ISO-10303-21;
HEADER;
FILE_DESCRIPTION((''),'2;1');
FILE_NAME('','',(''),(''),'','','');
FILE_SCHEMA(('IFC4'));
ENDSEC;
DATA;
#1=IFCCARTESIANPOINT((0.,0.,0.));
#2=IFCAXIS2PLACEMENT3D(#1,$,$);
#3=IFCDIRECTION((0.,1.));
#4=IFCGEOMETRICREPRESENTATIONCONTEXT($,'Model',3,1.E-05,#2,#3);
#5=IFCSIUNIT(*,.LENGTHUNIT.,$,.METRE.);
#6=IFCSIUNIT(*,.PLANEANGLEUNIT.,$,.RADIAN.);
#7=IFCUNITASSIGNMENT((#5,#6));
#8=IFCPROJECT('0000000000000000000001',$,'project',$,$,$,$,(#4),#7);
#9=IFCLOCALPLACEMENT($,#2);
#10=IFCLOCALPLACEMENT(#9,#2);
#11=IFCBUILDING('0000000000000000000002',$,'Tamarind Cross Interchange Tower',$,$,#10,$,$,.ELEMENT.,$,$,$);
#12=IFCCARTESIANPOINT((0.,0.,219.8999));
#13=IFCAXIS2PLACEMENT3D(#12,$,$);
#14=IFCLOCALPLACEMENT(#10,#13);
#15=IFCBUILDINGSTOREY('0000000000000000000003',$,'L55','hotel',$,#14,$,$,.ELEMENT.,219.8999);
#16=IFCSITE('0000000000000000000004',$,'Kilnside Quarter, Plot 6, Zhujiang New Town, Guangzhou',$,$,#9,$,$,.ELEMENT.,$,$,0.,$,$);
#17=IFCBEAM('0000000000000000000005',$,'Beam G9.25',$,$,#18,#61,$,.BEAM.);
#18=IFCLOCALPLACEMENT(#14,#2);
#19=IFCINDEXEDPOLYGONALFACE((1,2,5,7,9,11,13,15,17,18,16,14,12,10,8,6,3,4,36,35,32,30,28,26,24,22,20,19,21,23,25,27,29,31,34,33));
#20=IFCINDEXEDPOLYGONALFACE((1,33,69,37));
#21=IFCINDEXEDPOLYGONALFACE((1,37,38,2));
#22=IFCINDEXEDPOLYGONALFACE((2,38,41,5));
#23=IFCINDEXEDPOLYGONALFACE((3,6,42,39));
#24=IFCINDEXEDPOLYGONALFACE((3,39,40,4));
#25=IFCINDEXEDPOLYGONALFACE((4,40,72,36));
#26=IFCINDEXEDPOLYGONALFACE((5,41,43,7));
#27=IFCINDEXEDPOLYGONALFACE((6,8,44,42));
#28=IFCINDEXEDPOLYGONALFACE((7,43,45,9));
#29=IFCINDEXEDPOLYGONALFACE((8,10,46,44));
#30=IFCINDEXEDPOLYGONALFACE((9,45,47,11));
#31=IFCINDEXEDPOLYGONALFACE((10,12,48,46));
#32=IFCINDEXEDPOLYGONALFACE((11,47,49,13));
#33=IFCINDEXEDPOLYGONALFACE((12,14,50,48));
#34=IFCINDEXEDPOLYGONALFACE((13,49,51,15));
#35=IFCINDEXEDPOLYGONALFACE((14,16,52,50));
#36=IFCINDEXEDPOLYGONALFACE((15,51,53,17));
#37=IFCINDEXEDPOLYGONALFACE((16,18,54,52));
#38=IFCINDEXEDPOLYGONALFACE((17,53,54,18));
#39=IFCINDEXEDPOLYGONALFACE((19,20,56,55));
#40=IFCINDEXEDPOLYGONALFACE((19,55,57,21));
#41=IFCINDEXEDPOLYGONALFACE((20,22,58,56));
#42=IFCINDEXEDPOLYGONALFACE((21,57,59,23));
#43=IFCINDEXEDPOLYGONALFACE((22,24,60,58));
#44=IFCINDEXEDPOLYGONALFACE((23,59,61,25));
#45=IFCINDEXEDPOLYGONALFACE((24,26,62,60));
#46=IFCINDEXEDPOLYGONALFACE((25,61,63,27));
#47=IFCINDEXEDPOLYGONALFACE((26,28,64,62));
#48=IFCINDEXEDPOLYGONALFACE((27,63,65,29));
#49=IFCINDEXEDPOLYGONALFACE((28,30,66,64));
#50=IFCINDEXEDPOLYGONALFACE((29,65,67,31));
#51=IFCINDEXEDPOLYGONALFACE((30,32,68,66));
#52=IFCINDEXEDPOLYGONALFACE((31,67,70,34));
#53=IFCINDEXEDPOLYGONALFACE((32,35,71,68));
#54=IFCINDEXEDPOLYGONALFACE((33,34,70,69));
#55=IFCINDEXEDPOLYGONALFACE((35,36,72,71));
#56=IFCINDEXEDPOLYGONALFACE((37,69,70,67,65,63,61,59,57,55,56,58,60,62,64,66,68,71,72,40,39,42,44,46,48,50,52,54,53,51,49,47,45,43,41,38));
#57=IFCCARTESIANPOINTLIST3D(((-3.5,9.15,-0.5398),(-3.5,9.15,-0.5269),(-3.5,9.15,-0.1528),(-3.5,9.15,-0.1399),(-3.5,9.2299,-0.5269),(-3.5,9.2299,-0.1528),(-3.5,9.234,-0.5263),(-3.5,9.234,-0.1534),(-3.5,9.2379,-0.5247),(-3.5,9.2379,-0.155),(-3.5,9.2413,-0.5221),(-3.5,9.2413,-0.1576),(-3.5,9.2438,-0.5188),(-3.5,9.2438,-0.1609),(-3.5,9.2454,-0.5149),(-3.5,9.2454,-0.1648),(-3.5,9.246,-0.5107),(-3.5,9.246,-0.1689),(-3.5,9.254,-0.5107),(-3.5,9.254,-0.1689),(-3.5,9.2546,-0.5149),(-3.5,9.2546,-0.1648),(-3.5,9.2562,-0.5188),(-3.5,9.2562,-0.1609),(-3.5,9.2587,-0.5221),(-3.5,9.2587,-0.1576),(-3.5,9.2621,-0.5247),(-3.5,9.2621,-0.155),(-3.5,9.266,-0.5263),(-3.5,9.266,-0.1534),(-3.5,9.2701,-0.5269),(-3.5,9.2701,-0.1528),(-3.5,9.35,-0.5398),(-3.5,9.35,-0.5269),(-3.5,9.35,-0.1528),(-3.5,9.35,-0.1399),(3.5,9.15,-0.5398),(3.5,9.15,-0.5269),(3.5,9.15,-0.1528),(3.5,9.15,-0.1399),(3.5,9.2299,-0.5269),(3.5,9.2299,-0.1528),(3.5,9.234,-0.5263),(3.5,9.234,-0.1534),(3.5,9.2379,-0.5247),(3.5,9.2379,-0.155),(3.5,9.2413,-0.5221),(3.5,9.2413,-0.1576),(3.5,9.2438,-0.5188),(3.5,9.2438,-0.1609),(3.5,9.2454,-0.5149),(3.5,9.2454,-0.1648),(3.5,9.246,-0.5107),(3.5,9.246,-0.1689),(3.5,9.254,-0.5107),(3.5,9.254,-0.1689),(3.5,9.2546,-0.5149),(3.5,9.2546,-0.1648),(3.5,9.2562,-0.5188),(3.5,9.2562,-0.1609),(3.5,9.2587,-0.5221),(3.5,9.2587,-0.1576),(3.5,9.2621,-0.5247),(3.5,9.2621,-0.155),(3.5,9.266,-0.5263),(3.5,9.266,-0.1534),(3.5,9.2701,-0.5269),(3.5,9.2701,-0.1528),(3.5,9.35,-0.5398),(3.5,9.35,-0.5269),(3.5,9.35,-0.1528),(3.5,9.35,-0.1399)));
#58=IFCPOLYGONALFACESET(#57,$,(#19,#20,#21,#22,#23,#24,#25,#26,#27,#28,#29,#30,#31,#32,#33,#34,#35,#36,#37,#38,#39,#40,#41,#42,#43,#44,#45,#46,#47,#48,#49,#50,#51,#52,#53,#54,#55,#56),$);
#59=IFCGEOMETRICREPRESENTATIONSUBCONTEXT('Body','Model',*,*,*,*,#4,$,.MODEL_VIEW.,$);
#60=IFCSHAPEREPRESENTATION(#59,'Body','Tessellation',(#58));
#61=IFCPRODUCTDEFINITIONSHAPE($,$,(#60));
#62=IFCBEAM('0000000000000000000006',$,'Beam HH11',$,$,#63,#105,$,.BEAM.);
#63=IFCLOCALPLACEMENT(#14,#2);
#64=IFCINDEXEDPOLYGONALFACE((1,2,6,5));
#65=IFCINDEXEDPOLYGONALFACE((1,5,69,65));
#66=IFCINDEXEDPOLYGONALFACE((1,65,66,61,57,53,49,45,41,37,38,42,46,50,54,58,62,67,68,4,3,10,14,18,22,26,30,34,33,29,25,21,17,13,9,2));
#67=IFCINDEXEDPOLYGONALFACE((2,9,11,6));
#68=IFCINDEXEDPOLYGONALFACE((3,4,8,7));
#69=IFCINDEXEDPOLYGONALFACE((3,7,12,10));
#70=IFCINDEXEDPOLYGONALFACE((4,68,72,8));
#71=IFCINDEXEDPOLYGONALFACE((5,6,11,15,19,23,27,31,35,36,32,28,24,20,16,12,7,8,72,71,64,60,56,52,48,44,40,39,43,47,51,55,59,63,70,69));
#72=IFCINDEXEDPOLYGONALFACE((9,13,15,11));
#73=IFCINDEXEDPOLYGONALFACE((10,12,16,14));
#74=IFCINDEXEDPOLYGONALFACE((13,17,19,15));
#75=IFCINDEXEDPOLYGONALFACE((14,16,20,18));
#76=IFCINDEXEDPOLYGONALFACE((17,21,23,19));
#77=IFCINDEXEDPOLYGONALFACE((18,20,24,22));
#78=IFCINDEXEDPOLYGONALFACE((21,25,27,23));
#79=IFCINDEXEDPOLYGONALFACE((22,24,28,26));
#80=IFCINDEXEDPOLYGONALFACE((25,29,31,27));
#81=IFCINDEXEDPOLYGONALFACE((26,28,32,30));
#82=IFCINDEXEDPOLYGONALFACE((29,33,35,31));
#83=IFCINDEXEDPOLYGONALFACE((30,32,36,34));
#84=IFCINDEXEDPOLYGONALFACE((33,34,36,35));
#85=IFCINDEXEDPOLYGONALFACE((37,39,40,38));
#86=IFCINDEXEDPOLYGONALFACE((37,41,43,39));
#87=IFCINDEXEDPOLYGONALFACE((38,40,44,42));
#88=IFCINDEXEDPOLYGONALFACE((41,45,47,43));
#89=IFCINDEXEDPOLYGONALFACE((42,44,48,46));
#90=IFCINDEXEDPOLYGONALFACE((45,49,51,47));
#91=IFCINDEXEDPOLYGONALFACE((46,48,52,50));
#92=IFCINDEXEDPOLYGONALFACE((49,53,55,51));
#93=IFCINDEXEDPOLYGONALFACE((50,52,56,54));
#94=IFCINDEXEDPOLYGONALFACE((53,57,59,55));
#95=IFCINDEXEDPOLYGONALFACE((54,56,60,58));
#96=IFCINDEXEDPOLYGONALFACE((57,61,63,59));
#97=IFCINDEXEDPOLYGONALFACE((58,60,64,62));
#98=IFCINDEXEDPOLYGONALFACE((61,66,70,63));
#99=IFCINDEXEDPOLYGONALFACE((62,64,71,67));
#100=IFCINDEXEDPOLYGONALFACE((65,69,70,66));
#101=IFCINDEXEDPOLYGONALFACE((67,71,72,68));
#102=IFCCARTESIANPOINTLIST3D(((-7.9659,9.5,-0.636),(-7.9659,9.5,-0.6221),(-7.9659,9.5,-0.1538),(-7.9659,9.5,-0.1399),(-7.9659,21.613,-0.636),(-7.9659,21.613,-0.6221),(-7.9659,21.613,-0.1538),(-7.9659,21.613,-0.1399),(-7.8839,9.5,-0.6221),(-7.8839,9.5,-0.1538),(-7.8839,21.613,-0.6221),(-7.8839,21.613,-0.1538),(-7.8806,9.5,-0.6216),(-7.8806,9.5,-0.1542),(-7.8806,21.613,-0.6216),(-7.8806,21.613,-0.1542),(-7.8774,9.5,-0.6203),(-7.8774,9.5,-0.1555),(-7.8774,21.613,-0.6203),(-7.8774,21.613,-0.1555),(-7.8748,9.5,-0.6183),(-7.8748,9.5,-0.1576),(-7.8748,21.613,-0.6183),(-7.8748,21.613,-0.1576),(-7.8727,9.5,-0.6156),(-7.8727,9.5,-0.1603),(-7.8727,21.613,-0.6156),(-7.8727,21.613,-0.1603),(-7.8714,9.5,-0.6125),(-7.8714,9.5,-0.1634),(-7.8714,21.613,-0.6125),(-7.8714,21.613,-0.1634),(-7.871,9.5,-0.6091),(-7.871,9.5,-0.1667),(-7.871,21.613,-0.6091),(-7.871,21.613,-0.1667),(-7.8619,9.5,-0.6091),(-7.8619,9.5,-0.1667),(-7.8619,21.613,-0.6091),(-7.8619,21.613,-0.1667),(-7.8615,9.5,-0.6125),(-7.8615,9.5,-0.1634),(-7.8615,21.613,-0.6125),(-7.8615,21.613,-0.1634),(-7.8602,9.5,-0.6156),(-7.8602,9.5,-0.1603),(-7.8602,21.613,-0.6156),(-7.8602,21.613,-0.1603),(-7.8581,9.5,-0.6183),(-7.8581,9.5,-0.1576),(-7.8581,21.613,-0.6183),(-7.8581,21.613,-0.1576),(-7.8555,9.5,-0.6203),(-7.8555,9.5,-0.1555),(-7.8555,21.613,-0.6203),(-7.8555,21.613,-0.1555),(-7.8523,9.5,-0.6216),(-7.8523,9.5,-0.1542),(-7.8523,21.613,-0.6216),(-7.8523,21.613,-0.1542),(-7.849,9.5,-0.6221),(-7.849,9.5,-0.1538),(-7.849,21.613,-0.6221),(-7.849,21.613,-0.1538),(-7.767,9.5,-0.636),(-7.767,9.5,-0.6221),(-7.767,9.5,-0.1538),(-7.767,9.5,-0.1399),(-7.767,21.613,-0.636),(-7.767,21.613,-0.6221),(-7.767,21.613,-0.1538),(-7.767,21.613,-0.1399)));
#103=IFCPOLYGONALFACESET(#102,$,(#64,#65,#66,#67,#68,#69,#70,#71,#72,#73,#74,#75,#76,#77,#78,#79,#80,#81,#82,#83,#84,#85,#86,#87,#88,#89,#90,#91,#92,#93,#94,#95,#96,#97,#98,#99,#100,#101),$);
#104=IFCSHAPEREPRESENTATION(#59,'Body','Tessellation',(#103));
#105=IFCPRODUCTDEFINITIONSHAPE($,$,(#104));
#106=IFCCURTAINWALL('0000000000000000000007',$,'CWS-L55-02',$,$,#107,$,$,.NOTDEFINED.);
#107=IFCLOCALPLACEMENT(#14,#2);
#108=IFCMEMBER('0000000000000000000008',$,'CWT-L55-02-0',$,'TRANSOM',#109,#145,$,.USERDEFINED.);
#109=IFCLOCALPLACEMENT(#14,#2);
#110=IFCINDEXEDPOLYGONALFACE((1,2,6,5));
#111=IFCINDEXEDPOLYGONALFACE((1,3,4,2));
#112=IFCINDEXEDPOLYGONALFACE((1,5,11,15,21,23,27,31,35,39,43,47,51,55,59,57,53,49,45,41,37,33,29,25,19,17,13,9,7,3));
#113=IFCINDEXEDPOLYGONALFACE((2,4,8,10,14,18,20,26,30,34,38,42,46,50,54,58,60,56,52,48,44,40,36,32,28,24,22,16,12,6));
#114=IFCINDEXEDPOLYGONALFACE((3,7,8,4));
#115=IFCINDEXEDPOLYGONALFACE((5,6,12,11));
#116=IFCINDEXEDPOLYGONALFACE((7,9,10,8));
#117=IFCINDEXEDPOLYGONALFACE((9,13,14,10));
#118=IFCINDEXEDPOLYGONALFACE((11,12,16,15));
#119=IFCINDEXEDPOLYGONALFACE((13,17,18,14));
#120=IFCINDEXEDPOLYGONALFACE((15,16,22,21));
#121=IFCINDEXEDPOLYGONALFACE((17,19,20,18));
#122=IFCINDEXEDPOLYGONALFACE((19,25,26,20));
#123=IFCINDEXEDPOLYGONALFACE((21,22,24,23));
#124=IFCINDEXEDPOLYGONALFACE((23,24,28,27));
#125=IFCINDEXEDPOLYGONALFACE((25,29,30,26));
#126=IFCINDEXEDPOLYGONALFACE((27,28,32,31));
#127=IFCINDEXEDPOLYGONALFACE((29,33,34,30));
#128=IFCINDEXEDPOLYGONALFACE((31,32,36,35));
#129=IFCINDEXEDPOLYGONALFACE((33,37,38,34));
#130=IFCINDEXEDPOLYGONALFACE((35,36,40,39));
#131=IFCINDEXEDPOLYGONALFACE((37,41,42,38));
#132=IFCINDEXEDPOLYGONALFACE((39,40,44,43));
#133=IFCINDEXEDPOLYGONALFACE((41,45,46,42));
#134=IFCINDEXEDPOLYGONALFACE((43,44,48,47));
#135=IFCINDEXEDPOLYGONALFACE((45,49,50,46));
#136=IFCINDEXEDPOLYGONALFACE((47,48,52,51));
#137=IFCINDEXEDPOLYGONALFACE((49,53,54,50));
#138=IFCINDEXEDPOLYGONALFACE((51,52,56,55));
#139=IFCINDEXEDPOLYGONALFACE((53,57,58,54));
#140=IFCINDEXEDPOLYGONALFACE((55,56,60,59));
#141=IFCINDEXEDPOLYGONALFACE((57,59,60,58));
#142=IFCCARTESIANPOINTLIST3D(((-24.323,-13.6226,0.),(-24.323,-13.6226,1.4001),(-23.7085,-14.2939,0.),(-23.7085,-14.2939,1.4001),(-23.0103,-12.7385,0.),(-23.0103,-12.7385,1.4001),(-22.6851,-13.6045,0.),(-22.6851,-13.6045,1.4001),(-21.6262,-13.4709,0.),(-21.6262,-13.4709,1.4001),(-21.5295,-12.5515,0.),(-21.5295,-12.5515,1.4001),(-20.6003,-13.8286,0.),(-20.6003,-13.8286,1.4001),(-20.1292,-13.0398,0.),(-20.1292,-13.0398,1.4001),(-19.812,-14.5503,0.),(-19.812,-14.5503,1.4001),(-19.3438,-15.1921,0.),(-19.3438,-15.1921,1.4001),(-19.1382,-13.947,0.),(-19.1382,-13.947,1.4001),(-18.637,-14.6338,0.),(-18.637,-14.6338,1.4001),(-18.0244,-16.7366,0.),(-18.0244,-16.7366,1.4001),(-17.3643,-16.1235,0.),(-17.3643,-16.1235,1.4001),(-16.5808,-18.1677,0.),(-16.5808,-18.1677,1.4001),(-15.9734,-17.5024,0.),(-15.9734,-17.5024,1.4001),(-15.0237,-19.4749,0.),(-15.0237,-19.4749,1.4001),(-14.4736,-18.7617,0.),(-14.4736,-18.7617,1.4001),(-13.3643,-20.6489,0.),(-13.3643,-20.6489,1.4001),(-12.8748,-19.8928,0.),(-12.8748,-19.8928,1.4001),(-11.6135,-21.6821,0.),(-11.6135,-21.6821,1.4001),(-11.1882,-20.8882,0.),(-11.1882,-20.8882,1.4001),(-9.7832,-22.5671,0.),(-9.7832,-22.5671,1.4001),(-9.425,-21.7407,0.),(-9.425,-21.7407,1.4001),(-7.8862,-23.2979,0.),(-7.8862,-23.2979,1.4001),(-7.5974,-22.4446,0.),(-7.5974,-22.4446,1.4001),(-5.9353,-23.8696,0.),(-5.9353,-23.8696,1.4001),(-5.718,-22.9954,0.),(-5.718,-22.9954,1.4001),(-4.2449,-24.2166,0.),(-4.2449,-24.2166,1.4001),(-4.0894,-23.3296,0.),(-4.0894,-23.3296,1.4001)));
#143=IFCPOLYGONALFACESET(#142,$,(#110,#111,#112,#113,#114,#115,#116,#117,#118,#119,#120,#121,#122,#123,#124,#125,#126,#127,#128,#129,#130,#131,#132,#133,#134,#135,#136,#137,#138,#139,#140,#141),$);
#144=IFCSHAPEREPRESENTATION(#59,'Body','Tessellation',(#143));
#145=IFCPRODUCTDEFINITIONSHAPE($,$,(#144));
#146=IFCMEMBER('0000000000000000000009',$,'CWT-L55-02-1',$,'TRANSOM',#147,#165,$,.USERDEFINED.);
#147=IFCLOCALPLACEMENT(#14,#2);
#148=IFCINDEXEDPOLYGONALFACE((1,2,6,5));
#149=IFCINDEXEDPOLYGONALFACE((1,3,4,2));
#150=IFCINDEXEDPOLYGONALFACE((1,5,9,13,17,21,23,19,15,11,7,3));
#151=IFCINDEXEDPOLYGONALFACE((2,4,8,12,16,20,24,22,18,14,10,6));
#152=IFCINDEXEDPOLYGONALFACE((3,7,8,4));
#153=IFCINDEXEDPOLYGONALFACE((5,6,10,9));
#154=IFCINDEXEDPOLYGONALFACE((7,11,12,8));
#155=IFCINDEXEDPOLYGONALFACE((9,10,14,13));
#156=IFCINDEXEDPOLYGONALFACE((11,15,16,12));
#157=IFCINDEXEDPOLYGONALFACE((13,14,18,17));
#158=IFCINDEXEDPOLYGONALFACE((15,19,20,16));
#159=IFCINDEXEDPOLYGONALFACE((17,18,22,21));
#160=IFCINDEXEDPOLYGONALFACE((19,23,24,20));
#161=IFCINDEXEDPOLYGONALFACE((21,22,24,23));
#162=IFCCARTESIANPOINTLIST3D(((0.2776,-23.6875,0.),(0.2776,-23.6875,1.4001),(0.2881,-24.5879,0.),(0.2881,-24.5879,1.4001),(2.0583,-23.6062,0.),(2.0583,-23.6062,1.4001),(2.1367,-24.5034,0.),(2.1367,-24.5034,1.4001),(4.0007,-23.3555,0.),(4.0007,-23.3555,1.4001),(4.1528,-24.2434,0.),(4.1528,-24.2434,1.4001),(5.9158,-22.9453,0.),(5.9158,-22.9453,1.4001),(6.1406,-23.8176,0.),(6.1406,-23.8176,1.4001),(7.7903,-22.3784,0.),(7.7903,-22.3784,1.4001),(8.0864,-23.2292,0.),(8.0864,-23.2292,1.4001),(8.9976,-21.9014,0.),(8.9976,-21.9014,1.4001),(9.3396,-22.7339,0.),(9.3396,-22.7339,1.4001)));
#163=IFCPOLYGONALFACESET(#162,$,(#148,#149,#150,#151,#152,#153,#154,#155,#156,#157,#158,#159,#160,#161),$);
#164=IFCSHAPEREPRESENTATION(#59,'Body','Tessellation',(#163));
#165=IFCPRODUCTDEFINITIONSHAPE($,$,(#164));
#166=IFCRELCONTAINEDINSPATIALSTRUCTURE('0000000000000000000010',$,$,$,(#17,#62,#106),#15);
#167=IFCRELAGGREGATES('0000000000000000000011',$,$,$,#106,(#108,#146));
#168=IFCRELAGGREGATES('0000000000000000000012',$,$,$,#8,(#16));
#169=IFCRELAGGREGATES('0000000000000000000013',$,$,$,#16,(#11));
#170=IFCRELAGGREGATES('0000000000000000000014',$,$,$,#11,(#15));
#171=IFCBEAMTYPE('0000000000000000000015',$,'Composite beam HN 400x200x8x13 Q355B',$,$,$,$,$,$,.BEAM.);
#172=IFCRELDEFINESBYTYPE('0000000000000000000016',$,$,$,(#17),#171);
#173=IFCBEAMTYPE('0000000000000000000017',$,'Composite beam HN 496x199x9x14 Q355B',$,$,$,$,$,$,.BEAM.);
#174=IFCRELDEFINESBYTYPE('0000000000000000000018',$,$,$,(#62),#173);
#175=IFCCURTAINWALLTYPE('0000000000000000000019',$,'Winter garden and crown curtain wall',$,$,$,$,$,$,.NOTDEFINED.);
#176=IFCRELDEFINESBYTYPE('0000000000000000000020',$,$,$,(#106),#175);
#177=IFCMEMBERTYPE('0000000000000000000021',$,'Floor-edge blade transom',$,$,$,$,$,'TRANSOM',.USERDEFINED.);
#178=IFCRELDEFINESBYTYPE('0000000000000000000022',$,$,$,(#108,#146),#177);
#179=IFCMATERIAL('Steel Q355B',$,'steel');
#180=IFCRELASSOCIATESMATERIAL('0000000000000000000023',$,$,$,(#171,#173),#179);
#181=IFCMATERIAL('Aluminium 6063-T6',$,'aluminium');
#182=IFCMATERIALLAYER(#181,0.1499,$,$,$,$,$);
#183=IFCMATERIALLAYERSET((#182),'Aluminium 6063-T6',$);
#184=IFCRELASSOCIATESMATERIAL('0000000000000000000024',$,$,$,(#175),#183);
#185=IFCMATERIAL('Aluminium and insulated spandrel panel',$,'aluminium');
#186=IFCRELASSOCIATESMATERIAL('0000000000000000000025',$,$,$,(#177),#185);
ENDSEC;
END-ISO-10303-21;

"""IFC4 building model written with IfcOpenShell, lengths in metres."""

from ifc_helpers import new_model, si_unit, direction, frame, origin, origin_2d, place, context, subcontext, project, spatial, polyline, i_section, outline, extrude, material, layer, layer_set, material_profile, profile_set, type_object, element, aggregate, save


model = new_model("IFC4")

# Units and contexts
model_context = context("Model", 3, precision=1e-05, world=origin(), true_north=direction((0.0, 1.0)))
body_context = subcontext(model_context, "Body", "Model", "MODEL_VIEW")
ifc_project = project(units=[si_unit("LENGTHUNIT", "METRE"), si_unit("PLANEANGLEUNIT", "RADIAN")], contexts=[model_context])

# Site, building, storey
site_placement = place(None, origin())
site = spatial("IfcSite", under=ifc_project, at=site_placement, Name="Kilnside Quarter, Plot 6, Zhujiang New Town, Guangzhou", CompositionType="ELEMENT", RefElevation=0.0)
building_placement = place(site_placement, origin())
building = spatial("IfcBuilding", under=site, at=building_placement, Name="Tamarind Cross Interchange Tower", CompositionType="ELEMENT")
storey_placement = place(building_placement, frame((0.0, 0.0, 219.8999)))
storey = spatial("IfcBuildingStorey", under=building, at=storey_placement, Name="L55", Description="hotel", CompositionType="ELEMENT", Elevation=219.8999)

# Beams
ifc_material_1 = material(Name="Steel Q355B", Category="steel")
ifc_material_profile_1 = material_profile(ifc_material_1, i_section(OverallWidth=0.2, OverallDepth=0.3999, WebThickness=0.0081, FlangeThickness=0.0129, FilletRadius=0.0161, at=origin_2d()), Name="HN 400x200x8x13")
ifc_profile_set_1 = profile_set([ifc_material_profile_1], Name="Steel Q355B")
beam_type_1 = type_object("IfcBeamType", Name="Composite beam HN 400x200x8x13 Q355B", PredefinedType="BEAM", material=ifc_profile_set_1)
for number, where, z_axis, x_axis, name in (
    (1, (-3.5, 9.25, -0.3398), (1.0, 0.0, 0.0), (0.0, 1.0, 0.0), "Beam G9.25"),
):
    element("IfcBeam", number, at=place(storey_placement, frame(where, z_axis=z_axis, x_axis=x_axis)), inside=storey, type_object=beam_type_1, Name=name, PredefinedType="BEAM", context=body_context, shape_type="SweptSolid", body=[
        extrude(i_section(OverallWidth=0.2, OverallDepth=0.3999, WebThickness=0.0081, FlangeThickness=0.0129, FilletRadius=0.0161, at=origin_2d()), origin(), (0.0, 0.0, 1.0), 7.0),
    ])
ifc_material_profile_2 = material_profile(ifc_material_1, i_section(OverallWidth=0.199, OverallDepth=0.4961, WebThickness=0.009, FlangeThickness=0.0139, FilletRadius=0.0129, at=origin_2d()), Name="HN 496x199x9x14")
ifc_profile_set_2 = profile_set([ifc_material_profile_2], Name="Steel Q355B")
beam_type_2 = type_object("IfcBeamType", Name="Composite beam HN 496x199x9x14 Q355B", PredefinedType="BEAM", material=ifc_profile_set_2)
beam_placement = place(storey_placement, frame((-7.8665, 21.613, -0.3879), z_axis=(0.0, -1.0, 0.0), x_axis=(1.0, 0.0, 0.0)))
element("IfcBeam", 2, at=beam_placement, inside=storey, type_object=beam_type_2, Name="Beam HH11", PredefinedType="BEAM", context=body_context, shape_type="SweptSolid", body=[
    extrude(i_section(OverallWidth=0.199, OverallDepth=0.4961, WebThickness=0.009, FlangeThickness=0.0139, FilletRadius=0.0129, at=origin_2d()), origin(), (0.0, 0.0, 1.0), 12.113),
])

# Curtain wall, members
ifc_material_2 = material(Name="Aluminium 6063-T6", Category="aluminium")
ifc_layer_1 = layer(ifc_material_2, 0.1499)
ifc_layer_set_1 = layer_set([ifc_layer_1], Name="Aluminium 6063-T6")
curtain_wall_type = type_object("IfcCurtainWallType", Name="Winter garden and crown curtain wall", PredefinedType="NOTDEFINED", material=ifc_layer_set_1)
curtain_wall_1_placement = place(storey_placement, origin())
curtain_wall_1 = element("IfcCurtainWall", 3, at=curtain_wall_1_placement, inside=storey, type_object=curtain_wall_type, Name="CWS-L55-02", PredefinedType="NOTDEFINED")
ifc_material_3 = material(Name="Aluminium and insulated spandrel panel", Category="aluminium")
member_type_1 = type_object("IfcMemberType", Name="Floor-edge blade transom", ElementType="TRANSOM", PredefinedType="USERDEFINED", material=ifc_material_3)
member_1_placement = place(storey_placement, origin())
member_1 = element("IfcMember", 4, at=member_1_placement, type_object=member_type_1, Name="CWT-L55-02-0", ObjectType="TRANSOM", PredefinedType="USERDEFINED", context=body_context, shape_type="SweptSolid", body=[
    extrude(outline(polyline([(-24.323, -13.6226), (-23.0103, -12.7385), (-21.5295, -12.5515), (-20.1292, -13.0398), (-19.1382, -13.947), (-18.637, -14.6338), (-17.3643, -16.1235), (-15.9734, -17.5024), (-14.4736, -18.7617), (-12.8748, -19.8928), (-11.1882, -20.8882), (-9.425, -21.7407), (-7.5974, -22.4446), (-5.718, -22.9954), (-4.0894, -23.3296), (-4.2449, -24.2166), (-5.9353, -23.8696), (-7.8862, -23.2979), (-9.7832, -22.5671), (-11.6135, -21.6821), (-13.3643, -20.6489), (-15.0237, -19.4749), (-16.5808, -18.1677), (-18.0244, -16.7366), (-19.3438, -15.1921), (-19.812, -14.5503), (-20.6003, -13.8286), (-21.6262, -13.4709), (-22.6851, -13.6045), (-23.7085, -14.2939), (-24.323, -13.6226)])), origin(), (0.0, 0.0, 1.0), 1.4001),
])
member_2_placement = place(storey_placement, origin())
member_2 = element("IfcMember", 5, at=member_2_placement, type_object=member_type_1, Name="CWT-L55-02-1", ObjectType="TRANSOM", PredefinedType="USERDEFINED", context=body_context, shape_type="SweptSolid", body=[
    extrude(outline(polyline([(0.2776, -23.6875), (2.0583, -23.6062), (4.0007, -23.3555), (5.9158, -22.9453), (7.7903, -22.3784), (8.9976, -21.9014), (9.3396, -22.7339), (8.0864, -23.2292), (6.1406, -23.8176), (4.1528, -24.2434), (2.1367, -24.5034), (0.2881, -24.5879), (0.2776, -23.6875)])), origin(), (0.0, 0.0, 1.0), 1.4001),
])

aggregate(curtain_wall_1, [member_1, member_2])

save(model, "model.ifc")
